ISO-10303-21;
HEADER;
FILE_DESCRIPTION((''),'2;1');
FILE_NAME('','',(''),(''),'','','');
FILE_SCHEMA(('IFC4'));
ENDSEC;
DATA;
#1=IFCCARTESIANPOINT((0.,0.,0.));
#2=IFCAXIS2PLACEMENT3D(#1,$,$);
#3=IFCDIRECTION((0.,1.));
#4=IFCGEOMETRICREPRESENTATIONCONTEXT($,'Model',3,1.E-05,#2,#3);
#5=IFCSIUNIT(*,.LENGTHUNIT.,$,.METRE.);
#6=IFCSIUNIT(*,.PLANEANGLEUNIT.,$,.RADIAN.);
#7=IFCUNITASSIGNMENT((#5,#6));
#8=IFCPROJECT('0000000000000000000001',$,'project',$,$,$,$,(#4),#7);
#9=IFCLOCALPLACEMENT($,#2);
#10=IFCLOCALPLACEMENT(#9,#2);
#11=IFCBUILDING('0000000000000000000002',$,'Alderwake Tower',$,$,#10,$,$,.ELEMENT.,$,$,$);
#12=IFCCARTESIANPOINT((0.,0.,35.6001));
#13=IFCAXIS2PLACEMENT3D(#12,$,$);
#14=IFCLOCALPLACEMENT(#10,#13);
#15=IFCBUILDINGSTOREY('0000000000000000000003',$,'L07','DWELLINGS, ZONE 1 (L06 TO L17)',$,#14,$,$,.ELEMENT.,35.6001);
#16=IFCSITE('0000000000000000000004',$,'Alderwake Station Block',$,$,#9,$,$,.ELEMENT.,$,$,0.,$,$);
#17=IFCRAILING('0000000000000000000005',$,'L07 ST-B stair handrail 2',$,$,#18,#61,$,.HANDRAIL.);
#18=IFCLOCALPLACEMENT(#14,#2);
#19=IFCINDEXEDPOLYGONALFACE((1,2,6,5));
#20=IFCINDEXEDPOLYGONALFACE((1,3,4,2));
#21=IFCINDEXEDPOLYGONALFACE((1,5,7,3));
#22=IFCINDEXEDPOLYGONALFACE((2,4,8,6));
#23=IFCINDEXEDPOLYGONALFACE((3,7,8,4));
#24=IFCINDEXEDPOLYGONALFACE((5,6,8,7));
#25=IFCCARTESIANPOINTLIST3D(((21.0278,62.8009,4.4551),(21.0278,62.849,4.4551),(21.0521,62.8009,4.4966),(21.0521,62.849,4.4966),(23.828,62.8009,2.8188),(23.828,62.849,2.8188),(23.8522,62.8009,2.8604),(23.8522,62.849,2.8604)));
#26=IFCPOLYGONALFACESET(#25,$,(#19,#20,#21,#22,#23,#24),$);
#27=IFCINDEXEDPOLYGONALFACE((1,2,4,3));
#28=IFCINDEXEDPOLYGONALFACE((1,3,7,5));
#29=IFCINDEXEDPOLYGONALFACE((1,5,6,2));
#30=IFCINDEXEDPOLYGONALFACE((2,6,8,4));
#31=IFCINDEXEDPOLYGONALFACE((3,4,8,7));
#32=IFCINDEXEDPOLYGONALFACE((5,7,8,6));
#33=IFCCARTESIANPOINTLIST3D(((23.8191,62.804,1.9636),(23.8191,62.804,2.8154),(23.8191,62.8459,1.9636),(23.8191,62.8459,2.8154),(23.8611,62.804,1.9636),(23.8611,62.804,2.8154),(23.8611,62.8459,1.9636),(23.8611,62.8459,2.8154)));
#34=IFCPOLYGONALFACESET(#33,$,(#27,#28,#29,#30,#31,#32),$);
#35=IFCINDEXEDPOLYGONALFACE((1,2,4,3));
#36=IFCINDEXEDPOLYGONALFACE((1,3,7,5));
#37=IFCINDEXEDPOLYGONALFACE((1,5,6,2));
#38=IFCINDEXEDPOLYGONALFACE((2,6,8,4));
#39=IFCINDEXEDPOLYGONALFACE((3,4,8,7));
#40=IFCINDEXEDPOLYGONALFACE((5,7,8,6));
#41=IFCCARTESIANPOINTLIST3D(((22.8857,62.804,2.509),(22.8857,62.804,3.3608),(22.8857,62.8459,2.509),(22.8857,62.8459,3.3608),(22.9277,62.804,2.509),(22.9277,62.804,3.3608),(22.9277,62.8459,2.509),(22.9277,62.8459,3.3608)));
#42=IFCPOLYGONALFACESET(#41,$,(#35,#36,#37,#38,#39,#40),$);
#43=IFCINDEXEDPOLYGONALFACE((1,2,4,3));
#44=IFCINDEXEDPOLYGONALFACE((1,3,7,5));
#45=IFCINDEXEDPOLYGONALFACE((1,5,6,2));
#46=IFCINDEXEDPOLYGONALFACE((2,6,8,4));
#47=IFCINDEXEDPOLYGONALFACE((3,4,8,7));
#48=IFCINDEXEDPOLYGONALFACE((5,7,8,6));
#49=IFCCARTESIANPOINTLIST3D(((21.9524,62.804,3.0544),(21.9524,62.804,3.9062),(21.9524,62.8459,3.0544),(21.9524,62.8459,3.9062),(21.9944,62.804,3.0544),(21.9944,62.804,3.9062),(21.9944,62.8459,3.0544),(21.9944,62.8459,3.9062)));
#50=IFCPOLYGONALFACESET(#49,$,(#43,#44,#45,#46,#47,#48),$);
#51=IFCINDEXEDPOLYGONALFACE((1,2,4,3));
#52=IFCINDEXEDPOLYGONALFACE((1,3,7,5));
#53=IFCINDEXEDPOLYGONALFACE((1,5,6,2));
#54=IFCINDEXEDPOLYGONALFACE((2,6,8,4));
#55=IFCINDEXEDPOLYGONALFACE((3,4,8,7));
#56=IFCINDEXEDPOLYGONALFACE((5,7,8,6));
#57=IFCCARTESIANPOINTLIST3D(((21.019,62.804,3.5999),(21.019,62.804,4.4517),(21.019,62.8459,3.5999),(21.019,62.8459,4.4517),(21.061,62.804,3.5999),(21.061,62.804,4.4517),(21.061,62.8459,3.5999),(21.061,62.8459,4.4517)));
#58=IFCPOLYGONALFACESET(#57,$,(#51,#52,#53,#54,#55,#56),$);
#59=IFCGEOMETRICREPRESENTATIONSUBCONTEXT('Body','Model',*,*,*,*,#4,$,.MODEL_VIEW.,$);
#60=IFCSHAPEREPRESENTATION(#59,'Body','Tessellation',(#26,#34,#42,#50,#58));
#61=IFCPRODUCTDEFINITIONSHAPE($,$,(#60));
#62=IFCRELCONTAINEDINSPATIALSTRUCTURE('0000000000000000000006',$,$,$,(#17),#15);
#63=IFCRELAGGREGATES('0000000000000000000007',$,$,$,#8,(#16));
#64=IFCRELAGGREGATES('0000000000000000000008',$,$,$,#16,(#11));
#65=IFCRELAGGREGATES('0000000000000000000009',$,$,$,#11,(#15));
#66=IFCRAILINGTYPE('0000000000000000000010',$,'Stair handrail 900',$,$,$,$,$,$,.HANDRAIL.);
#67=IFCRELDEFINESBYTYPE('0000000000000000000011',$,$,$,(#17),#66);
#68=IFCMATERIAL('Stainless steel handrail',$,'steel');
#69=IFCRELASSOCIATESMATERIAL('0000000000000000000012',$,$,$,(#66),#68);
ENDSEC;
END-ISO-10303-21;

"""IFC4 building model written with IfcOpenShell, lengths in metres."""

from ifc_helpers import new_model, si_unit, direction, frame, origin, origin_2d, place, context, subcontext, project, spatial, rectangle, extrude, material, type_object, element, save


model = new_model("IFC4")

# Units and contexts
model_context = context("Model", 3, precision=1e-05, world=origin(), true_north=direction((0.0, 1.0)))
body_context = subcontext(model_context, "Body", "Model", "MODEL_VIEW")
ifc_project = project(units=[si_unit("LENGTHUNIT", "METRE"), si_unit("PLANEANGLEUNIT", "RADIAN")], contexts=[model_context])

# Site, building, storey
site_placement = place(None, origin())
site = spatial("IfcSite", under=ifc_project, at=site_placement, Name="Alderwake Station Block", CompositionType="ELEMENT", RefElevation=0.0)
building_placement = place(site_placement, origin())
building = spatial("IfcBuilding", under=site, at=building_placement, Name="Alderwake Tower", CompositionType="ELEMENT")
storey_placement = place(building_placement, frame((0.0, 0.0, 35.6001)))
storey = spatial("IfcBuildingStorey", under=building, at=storey_placement, Name="L07", Description="DWELLINGS, ZONE 1 (L06 TO L17)", CompositionType="ELEMENT", Elevation=35.6001)

# Railing
ifc_material_1 = material(Name="Stainless steel handrail", Category="steel")
railing_type_1 = type_object("IfcRailingType", Name="Stair handrail 900", PredefinedType="HANDRAIL", material=ifc_material_1)
railing_1_placement = place(storey_placement, frame((23.8401, 62.825, 1.9636)))
element("IfcRailing", 1, at=railing_1_placement, inside=storey, type_object=railing_type_1, Name="L07 ST-B stair handrail 2", PredefinedType="HANDRAIL", context=body_context, shape_type="SweptSolid", body=[
    extrude(rectangle(XDim=0.0481, YDim=0.0481, at=origin_2d()), frame((0.0, 0.0, 0.876), z_axis=(-0.863394, 0.0, 0.504531), x_axis=(0.0, -1.0, 0.0)), (0.0, 0.0, 1.0), 3.2432),
    extrude(rectangle(XDim=0.042, YDim=0.042, at=origin_2d()), frame((0.0, 0.0, 0.0), z_axis=(0.0, 0.0, 1.0), x_axis=(-1.0, 0.0, 0.0)), (0.0, 0.0, 1.0), 0.8518),
    extrude(rectangle(XDim=0.042, YDim=0.042, at=origin_2d()), frame((-0.9333, 0.0, 0.5454), z_axis=(0.0, 0.0, 1.0), x_axis=(-1.0, 0.0, 0.0)), (0.0, 0.0, 1.0), 0.8518),
    extrude(rectangle(XDim=0.042, YDim=0.042, at=origin_2d()), frame((-1.8667, 0.0, 1.0908), z_axis=(0.0, 0.0, 1.0), x_axis=(-1.0, 0.0, 0.0)), (0.0, 0.0, 1.0), 0.8518),
    extrude(rectangle(XDim=0.042, YDim=0.042, at=origin_2d()), frame((-2.8, 0.0, 1.6362), z_axis=(0.0, 0.0, 1.0), x_axis=(-1.0, 0.0, 0.0)), (0.0, 0.0, 1.0), 0.8518),
])

save(model, "model.ifc")
